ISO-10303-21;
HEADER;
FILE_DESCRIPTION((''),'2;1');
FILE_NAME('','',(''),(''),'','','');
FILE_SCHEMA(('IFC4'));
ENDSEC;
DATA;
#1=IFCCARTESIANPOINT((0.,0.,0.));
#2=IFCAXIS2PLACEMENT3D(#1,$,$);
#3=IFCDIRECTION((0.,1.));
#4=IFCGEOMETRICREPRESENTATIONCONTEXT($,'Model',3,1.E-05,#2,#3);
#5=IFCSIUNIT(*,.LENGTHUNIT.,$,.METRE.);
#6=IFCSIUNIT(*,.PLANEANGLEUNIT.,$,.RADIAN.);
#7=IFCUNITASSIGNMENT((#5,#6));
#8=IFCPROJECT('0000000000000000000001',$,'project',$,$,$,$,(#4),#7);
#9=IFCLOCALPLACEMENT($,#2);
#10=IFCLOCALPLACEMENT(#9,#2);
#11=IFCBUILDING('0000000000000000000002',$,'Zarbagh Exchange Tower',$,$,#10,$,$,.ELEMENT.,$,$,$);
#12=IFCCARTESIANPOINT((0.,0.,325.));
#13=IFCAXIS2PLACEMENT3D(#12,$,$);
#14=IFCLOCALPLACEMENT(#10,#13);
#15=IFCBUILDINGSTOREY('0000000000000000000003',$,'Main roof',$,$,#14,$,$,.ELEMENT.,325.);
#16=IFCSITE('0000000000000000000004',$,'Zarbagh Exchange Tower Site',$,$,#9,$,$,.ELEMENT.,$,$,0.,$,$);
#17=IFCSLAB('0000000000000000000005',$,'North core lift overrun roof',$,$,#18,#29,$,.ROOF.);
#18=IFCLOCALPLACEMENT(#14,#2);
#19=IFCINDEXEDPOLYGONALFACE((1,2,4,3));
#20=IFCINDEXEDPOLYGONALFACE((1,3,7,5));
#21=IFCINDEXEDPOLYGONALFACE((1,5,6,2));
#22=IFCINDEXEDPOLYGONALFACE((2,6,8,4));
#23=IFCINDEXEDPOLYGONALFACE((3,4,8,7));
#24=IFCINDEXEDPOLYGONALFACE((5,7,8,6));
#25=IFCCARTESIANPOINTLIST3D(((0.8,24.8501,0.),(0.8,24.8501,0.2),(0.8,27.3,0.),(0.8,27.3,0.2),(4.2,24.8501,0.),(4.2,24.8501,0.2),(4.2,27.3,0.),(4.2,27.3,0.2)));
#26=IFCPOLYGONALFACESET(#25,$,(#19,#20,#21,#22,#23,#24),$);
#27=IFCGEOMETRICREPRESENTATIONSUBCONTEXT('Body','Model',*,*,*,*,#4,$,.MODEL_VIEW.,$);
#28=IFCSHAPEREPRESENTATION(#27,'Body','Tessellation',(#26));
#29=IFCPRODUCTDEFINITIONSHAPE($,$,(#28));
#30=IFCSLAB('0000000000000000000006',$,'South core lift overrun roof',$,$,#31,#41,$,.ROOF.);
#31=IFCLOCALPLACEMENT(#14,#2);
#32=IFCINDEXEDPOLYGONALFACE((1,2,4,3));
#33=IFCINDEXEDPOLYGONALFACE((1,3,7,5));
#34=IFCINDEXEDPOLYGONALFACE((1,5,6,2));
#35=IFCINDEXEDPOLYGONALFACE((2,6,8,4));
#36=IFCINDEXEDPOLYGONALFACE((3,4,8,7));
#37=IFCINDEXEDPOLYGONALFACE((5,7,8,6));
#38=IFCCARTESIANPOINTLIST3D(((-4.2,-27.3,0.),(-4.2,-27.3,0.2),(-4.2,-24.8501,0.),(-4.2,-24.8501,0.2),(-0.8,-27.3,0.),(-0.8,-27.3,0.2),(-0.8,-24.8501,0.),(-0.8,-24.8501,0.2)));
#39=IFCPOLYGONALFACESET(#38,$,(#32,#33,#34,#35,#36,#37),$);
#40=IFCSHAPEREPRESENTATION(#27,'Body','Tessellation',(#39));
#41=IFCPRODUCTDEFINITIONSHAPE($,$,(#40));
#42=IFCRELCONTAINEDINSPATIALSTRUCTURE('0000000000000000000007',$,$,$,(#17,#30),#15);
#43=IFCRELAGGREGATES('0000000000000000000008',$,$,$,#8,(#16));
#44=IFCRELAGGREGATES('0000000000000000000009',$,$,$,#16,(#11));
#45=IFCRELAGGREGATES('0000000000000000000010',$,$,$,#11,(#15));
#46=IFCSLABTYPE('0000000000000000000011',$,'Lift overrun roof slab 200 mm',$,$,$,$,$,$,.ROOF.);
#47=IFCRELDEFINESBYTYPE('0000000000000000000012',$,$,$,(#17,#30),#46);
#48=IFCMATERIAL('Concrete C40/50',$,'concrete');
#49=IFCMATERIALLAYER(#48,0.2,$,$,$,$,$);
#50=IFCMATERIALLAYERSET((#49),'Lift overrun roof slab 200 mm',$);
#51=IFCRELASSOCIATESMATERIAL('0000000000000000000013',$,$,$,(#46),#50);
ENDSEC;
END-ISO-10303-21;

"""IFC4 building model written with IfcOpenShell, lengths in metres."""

from ifc_helpers import new_model, si_unit, direction, frame, origin, place, context, subcontext, project, spatial, polyline, outline, extrude, material, layer, layer_set, type_object, element, save


model = new_model("IFC4")

# Units and contexts
model_context = context("Model", 3, precision=1e-05, world=origin(), true_north=direction((0.0, 1.0)))
body_context = subcontext(model_context, "Body", "Model", "MODEL_VIEW")
ifc_project = project(units=[si_unit("LENGTHUNIT", "METRE"), si_unit("PLANEANGLEUNIT", "RADIAN")], contexts=[model_context])

# Site, building, storey
site_placement = place(None, origin())
site = spatial("IfcSite", under=ifc_project, at=site_placement, Name="Zarbagh Exchange Tower Site", CompositionType="ELEMENT", RefElevation=0.0)
building_placement = place(site_placement, origin())
building = spatial("IfcBuilding", under=site, at=building_placement, Name="Zarbagh Exchange Tower", CompositionType="ELEMENT")
storey_placement = place(building_placement, frame((0.0, 0.0, 325.0)))
storey = spatial("IfcBuildingStorey", under=building, at=storey_placement, Name="Main roof", CompositionType="ELEMENT", Elevation=325.0)

# Slabs
ifc_material = material(Name="Concrete C40/50", Category="concrete")
ifc_layer = layer(ifc_material, 0.2)
ifc_layer_set = layer_set([ifc_layer], Name="Lift overrun roof slab 200 mm")
slab_type = type_object("IfcSlabType", Name="Lift overrun roof slab 200 mm", PredefinedType="ROOF", material=ifc_layer_set)
slab_1_placement = place(storey_placement, origin())
element("IfcSlab", 1, at=slab_1_placement, inside=storey, type_object=slab_type, Name="North core lift overrun roof", PredefinedType="ROOF", context=body_context, shape_type="SweptSolid", body=[
    extrude(outline(polyline([(0.8, 24.8501), (4.2, 24.8501), (4.2, 27.3), (0.8, 27.3), (0.8, 24.8501)])), origin(), (0.0, 0.0, 1.0), 0.2),
])
slab_2_placement = place(storey_placement, origin())
element("IfcSlab", 2, at=slab_2_placement, inside=storey, type_object=slab_type, Name="South core lift overrun roof", PredefinedType="ROOF", context=body_context, shape_type="SweptSolid", body=[
    extrude(outline(polyline([(-4.2, -27.3), (-0.8, -27.3), (-0.8, -24.8501), (-4.2, -24.8501), (-4.2, -27.3)])), origin(), (0.0, 0.0, 1.0), 0.2),
])

save(model, "model.ifc")
